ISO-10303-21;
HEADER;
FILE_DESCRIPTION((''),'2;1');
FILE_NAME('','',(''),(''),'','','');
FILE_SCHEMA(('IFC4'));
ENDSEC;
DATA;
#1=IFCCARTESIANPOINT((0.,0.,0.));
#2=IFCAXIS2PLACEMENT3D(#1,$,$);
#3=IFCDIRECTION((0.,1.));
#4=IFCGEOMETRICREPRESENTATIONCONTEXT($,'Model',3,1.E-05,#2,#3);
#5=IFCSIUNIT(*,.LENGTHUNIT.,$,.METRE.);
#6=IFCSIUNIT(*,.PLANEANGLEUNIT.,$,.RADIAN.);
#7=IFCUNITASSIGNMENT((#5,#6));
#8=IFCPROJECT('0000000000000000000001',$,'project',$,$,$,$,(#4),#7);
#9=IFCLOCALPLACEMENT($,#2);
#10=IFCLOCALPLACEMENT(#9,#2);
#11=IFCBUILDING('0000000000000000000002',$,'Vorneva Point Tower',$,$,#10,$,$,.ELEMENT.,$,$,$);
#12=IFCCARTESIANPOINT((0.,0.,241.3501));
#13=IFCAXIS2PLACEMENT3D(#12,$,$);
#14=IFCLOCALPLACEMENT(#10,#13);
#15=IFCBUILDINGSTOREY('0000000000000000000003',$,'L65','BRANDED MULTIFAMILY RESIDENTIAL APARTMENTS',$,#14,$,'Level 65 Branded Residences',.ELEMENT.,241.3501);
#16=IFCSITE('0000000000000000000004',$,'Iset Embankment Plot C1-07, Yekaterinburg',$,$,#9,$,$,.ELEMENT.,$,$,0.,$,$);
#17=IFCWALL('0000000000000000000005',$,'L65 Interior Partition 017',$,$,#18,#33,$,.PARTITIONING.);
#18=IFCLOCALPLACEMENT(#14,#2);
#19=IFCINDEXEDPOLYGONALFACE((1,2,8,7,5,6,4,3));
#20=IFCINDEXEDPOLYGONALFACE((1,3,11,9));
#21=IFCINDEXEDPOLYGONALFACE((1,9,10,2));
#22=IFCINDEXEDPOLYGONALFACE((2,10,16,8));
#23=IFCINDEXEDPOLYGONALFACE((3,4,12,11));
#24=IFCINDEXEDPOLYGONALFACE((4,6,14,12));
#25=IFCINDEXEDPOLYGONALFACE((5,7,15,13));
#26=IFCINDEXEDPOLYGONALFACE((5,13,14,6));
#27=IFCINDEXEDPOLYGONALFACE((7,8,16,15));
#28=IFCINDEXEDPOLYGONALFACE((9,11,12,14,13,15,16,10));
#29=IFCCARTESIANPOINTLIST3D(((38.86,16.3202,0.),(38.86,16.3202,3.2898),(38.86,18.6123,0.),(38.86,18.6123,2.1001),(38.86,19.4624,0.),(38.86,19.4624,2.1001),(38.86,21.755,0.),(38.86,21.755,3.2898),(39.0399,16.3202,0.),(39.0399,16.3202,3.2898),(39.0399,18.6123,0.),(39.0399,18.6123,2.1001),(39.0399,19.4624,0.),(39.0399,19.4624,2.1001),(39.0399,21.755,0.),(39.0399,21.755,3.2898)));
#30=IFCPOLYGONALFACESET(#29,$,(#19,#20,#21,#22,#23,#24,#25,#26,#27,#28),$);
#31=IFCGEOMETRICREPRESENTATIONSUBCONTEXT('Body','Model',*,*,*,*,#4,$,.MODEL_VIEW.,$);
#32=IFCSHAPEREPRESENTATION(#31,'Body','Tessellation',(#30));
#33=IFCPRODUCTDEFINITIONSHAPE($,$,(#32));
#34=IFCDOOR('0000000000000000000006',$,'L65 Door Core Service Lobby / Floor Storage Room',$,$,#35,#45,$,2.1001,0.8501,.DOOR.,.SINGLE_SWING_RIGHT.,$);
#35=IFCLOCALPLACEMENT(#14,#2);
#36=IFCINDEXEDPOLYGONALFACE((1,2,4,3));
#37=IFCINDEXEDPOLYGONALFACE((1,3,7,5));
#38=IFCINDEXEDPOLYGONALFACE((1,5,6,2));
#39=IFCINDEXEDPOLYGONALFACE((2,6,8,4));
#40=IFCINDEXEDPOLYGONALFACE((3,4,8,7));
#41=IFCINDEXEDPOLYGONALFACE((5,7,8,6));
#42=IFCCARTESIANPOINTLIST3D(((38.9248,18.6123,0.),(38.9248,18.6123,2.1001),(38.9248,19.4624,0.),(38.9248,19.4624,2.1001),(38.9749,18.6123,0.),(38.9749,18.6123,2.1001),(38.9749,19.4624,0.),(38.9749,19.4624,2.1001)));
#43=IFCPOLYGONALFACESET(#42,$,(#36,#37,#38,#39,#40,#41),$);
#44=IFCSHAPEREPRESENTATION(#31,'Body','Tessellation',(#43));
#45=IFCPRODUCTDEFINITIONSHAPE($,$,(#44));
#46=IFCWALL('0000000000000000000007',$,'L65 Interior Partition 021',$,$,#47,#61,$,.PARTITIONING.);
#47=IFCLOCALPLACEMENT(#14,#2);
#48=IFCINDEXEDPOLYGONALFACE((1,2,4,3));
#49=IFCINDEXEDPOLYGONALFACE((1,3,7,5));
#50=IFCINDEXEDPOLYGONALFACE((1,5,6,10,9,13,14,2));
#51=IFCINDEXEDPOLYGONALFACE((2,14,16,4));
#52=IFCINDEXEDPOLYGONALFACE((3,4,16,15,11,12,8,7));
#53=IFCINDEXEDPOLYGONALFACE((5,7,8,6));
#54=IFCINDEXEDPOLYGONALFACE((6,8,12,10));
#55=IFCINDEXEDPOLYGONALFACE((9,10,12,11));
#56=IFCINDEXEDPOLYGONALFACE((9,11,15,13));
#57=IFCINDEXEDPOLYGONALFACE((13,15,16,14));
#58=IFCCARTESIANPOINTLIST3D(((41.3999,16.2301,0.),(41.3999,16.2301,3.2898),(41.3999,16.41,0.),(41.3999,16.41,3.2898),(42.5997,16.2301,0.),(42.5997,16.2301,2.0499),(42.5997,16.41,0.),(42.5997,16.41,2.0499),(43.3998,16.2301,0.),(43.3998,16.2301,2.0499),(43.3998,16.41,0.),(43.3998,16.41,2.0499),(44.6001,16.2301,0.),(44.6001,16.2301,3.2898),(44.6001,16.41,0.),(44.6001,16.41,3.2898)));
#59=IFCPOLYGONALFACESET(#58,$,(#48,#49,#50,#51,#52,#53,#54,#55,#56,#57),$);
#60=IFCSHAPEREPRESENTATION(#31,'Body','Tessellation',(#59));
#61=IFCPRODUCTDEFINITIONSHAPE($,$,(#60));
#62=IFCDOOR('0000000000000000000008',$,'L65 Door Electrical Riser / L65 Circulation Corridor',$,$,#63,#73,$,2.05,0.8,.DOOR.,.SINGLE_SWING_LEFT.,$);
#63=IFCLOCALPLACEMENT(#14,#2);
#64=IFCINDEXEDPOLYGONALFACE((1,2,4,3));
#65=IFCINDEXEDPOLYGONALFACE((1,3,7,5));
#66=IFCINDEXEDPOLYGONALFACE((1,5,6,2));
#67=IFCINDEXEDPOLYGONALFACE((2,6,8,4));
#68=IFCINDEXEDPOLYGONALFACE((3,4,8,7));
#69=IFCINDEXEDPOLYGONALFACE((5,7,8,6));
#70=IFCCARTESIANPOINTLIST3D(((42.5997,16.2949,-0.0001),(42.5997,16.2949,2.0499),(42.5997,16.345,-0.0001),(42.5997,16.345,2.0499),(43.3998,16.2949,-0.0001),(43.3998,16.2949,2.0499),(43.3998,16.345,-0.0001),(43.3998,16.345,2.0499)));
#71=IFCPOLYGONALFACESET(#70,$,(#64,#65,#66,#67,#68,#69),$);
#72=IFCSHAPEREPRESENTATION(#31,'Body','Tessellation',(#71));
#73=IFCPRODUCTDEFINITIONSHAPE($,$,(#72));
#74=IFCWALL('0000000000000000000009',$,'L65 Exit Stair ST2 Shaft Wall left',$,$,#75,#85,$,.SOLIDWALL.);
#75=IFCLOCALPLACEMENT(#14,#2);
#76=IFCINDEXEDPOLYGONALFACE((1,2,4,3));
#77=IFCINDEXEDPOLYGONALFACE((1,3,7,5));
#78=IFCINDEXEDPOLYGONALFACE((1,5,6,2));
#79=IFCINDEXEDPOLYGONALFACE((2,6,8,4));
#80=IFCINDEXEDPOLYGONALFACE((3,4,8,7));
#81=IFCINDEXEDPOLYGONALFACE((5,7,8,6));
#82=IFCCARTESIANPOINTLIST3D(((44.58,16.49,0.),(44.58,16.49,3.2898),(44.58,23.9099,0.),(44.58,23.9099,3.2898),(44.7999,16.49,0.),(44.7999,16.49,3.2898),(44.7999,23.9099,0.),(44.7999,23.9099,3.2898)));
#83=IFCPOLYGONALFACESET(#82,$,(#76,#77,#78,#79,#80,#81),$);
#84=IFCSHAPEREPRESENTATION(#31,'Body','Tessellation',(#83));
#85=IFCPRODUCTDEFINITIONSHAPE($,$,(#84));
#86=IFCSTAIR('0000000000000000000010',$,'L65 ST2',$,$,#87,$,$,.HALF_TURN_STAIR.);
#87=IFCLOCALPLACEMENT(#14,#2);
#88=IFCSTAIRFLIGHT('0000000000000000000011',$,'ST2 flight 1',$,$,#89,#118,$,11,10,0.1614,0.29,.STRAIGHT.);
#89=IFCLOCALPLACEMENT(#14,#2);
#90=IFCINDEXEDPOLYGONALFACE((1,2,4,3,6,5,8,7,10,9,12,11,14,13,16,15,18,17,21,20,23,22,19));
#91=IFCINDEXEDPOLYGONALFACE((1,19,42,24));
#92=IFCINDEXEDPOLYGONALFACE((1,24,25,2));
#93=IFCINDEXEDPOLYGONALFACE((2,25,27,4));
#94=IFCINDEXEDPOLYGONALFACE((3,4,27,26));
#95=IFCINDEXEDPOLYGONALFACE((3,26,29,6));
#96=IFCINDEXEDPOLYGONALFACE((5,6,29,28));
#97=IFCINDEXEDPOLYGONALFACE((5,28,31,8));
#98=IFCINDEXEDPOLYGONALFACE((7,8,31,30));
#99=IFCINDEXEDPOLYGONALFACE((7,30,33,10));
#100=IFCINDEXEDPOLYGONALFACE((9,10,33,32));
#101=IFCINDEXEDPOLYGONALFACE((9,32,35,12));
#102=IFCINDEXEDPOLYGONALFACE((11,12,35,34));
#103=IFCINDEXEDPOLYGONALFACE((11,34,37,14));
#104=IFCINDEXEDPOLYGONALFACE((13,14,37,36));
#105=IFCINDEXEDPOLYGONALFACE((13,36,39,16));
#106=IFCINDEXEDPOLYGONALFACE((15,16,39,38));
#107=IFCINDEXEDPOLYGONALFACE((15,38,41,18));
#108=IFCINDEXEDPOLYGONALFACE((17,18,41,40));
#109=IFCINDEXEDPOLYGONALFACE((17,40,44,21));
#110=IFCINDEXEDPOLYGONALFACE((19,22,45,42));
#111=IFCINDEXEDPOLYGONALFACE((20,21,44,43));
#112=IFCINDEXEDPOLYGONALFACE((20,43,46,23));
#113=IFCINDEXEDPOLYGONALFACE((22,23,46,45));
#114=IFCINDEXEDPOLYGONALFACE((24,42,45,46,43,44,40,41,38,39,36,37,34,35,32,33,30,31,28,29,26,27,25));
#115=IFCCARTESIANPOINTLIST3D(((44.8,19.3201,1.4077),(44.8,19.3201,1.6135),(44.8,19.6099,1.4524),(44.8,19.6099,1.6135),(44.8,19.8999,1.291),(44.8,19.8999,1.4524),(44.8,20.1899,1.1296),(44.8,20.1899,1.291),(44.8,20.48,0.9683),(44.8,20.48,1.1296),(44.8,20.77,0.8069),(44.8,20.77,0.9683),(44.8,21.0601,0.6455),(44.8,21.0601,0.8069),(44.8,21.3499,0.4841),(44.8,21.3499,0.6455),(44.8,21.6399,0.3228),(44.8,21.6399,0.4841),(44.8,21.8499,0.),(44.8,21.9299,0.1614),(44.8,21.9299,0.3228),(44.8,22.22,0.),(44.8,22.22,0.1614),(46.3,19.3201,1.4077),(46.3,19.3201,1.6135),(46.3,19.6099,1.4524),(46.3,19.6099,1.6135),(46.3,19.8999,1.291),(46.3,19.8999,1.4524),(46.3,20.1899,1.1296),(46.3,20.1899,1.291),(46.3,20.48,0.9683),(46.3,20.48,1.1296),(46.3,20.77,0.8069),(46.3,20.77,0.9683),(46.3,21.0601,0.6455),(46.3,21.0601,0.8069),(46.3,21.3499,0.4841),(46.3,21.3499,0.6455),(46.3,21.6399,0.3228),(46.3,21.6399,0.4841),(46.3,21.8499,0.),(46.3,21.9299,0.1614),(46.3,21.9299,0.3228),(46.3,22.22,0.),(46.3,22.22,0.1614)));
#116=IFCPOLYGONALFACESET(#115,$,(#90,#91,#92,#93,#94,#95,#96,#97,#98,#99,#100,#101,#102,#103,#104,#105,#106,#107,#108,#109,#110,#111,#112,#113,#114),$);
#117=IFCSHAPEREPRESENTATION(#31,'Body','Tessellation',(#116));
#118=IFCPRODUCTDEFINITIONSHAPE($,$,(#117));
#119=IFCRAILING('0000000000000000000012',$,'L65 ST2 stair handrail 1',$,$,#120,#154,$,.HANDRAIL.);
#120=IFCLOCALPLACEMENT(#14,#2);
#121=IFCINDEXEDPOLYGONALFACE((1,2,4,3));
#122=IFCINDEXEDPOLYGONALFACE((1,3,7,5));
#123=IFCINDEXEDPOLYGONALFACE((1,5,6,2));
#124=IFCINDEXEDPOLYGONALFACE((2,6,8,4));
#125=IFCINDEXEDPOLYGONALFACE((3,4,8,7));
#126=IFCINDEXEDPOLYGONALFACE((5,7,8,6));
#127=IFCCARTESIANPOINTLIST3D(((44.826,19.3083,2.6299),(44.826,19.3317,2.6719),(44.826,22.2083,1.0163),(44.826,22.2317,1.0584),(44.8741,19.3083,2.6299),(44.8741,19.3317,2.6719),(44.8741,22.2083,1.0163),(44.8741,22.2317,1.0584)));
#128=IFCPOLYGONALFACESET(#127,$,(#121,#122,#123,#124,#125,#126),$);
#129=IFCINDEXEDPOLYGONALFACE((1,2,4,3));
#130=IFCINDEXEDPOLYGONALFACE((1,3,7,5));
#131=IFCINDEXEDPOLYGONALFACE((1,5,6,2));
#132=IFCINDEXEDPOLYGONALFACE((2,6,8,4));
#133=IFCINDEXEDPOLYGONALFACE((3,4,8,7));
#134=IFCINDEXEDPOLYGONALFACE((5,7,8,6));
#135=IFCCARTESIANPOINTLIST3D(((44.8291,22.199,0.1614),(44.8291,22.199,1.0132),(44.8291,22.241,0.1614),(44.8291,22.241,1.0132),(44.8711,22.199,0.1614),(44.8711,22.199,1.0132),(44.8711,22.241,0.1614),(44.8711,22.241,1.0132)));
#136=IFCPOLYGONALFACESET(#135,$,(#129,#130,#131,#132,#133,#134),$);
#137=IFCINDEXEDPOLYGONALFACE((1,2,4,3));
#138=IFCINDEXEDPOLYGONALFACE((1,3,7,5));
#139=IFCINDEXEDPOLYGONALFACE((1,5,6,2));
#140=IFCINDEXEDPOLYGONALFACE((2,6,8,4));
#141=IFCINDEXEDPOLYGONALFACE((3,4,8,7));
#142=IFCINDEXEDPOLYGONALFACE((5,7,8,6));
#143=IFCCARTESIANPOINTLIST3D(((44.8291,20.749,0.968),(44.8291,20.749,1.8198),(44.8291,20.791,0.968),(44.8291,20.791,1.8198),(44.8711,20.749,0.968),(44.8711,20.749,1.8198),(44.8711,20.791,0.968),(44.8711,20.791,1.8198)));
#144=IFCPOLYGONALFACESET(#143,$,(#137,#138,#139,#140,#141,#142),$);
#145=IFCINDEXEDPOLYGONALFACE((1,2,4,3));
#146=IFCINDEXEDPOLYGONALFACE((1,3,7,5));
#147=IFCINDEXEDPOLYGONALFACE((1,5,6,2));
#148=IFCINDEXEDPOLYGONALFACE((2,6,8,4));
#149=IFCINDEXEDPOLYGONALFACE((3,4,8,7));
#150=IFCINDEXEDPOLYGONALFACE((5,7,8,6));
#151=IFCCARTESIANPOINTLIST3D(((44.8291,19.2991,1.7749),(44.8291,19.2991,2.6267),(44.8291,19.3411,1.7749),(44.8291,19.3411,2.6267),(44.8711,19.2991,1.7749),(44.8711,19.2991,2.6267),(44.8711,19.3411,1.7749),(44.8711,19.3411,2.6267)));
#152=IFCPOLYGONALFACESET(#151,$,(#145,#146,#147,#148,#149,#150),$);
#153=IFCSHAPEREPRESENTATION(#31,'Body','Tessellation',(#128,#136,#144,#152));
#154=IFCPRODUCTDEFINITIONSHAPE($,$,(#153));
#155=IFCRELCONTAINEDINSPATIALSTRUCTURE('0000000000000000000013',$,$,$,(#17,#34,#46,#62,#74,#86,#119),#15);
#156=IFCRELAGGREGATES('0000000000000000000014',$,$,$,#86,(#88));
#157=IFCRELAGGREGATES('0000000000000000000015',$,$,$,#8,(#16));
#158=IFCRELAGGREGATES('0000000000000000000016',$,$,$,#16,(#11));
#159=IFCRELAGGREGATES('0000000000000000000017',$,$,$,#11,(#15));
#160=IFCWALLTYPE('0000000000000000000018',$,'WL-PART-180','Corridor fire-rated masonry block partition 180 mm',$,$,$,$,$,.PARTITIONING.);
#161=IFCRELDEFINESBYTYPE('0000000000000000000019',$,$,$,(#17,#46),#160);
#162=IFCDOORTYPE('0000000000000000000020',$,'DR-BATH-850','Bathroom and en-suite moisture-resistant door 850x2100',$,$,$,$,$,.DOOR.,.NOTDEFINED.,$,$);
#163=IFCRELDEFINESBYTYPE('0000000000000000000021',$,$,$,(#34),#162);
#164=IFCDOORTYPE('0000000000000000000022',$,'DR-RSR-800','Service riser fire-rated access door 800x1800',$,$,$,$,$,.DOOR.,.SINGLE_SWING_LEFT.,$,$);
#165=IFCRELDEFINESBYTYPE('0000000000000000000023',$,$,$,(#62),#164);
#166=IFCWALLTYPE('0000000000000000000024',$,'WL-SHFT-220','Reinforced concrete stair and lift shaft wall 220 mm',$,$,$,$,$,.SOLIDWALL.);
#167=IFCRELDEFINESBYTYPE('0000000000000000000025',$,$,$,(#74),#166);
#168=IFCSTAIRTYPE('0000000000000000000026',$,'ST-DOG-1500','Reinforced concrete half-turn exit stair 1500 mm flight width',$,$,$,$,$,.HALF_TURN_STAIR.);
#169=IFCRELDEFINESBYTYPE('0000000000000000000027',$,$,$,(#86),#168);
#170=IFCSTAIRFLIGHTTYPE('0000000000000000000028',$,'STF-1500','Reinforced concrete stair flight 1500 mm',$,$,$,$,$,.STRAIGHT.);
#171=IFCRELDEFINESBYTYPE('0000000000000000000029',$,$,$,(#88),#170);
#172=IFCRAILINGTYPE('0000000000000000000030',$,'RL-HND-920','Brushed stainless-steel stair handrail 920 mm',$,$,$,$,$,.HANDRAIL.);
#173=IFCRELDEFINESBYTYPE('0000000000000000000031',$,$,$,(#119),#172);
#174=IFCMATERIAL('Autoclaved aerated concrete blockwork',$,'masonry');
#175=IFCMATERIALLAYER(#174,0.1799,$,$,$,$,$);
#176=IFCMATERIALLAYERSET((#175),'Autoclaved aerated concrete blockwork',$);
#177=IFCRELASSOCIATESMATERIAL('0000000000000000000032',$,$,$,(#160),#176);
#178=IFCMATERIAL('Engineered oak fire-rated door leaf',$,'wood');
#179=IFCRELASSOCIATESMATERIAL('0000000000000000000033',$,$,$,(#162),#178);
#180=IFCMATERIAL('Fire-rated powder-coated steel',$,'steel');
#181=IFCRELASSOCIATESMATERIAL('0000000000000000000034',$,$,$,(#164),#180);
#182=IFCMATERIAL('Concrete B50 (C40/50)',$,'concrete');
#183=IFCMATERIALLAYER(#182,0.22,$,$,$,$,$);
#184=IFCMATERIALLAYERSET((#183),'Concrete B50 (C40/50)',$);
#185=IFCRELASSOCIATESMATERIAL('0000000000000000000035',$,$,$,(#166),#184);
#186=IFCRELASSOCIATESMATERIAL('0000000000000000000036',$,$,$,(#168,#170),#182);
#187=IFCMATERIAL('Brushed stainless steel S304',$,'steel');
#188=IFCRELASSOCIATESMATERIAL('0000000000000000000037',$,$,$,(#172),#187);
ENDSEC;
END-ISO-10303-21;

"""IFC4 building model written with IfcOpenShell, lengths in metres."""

from ifc_helpers import new_model, si_unit, direction, frame, frame_2d, origin, origin_2d, place, context, subcontext, project, spatial, polyline, rectangle, outline, extrude, material, layer, layer_set, type_object, element, fill, aggregate, save


model = new_model("IFC4")

# Units and contexts
model_context = context("Model", 3, precision=1e-05, world=origin(), true_north=direction((0.0, 1.0)))
body_context = subcontext(model_context, "Body", "Model", "MODEL_VIEW")
ifc_project = project(units=[si_unit("LENGTHUNIT", "METRE"), si_unit("PLANEANGLEUNIT", "RADIAN")], contexts=[model_context])

# Site, building, storey
site_placement = place(None, origin())
site = spatial("IfcSite", under=ifc_project, at=site_placement, Name="Iset Embankment Plot C1-07, Yekaterinburg", CompositionType="ELEMENT", RefElevation=0.0)
building_placement = place(site_placement, origin())
building = spatial("IfcBuilding", under=site, at=building_placement, Name="Vorneva Point Tower", CompositionType="ELEMENT")
storey_placement = place(building_placement, frame((0.0, 0.0, 241.3501)))
storey = spatial("IfcBuildingStorey", under=building, at=storey_placement, Name="L65", Description="BRANDED MULTIFAMILY RESIDENTIAL APARTMENTS", LongName="Level 65 Branded Residences", CompositionType="ELEMENT", Elevation=241.3501)

# Shared definitions
ifc_material_1 = material(Name="Concrete B50 (C40/50)", Category="concrete")

# Shared definitions
ifc_material_2 = material(Name="Autoclaved aerated concrete blockwork", Category="masonry")
ifc_layer_1 = layer(ifc_material_2, 0.1799)
ifc_layer_set_1 = layer_set([ifc_layer_1], Name="Autoclaved aerated concrete blockwork")
wall_type_1 = type_object("IfcWallType", Name="WL-PART-180", Description="Corridor fire-rated masonry block partition 180 mm", PredefinedType="PARTITIONING", material=ifc_layer_set_1)

# Walls, openings, doors
ifc_material_3 = material(Name="Fire-rated powder-coated steel", Category="steel")
ifc_material_4 = material(Name="Engineered oak fire-rated door leaf", Category="wood")
door_type_1 = type_object("IfcDoorType", Name="DR-BATH-850", Description="Bathroom and en-suite moisture-resistant door 850x2100", OperationType="NOTDEFINED", PredefinedType="DOOR", material=ifc_material_4)
door_type_2 = type_object("IfcDoorType", Name="DR-RSR-800", Description="Service riser fire-rated access door 800x1800", OperationType="SINGLE_SWING_LEFT", PredefinedType="DOOR", material=ifc_material_3)
wall_1_placement = place(storey_placement, frame((38.95, 21.7549, 0.0), z_axis=(0.0, 0.0, 1.0), x_axis=(0.0, -1.0, 0.0)))
wall_1 = element("IfcWall", 1, at=wall_1_placement, inside=storey, type_object=wall_type_1, Name="L65 Interior Partition 017", PredefinedType="PARTITIONING", context=body_context, shape_type="SweptSolid", body=[
    extrude(rectangle(XDim=5.4348, YDim=0.1799, at=frame_2d((2.7173, 0.0))), origin(), (0.0, 0.0, 1.0), 3.2898),
])
opening_1_placement = place(wall_1_placement, frame((2.2925, 0.0, 0.0)))
opening_1 = element("IfcOpeningElement", 2, at=opening_1_placement, cuts=wall_1, PredefinedType="OPENING", context=body_context, shape_type="SweptSolid", body=[
    extrude(rectangle(XDim=0.8501, YDim=2.1001, at=frame_2d((0.425, 1.05))), frame((0.0, 0.105, 0.0), z_axis=(0.0, -1.0, 0.0), x_axis=(1.0, 0.0, 0.0)), (0.0, 0.0, 1.0), 0.2097),
])
door_1_placement = place(opening_1_placement, origin())
door_1 = element("IfcDoor", 3, at=door_1_placement, inside=storey, type_object=door_type_1, Name="L65 Door Core Service Lobby / Floor Storage Room", OperationType="SINGLE_SWING_RIGHT", OverallHeight=2.1001, OverallWidth=0.8501, PredefinedType="DOOR", context=body_context, shape_type="SweptSolid", body=[
    extrude(rectangle(XDim=0.8501, YDim=2.1001, at=frame_2d((0.425, 1.05))), frame((0.0, 0.0249, 0.0), z_axis=(0.0, -1.0, 0.0), x_axis=(1.0, 0.0, 0.0)), (0.0, 0.0, 1.0), 0.05),
])
fill(opening_1, door_1)
wall_2_placement = place(storey_placement, frame((41.3999, 16.3201, 0.0), z_axis=(0.0, 0.0, 1.0), x_axis=(1.0, 0.0, 0.0)))
wall_2 = element("IfcWall", 4, at=wall_2_placement, inside=storey, type_object=wall_type_1, Name="L65 Interior Partition 021", PredefinedType="PARTITIONING", context=body_context, shape_type="SweptSolid", body=[
    extrude(rectangle(XDim=3.2002, YDim=0.1799, at=frame_2d((1.6001, 0.0))), origin(), (0.0, 0.0, 1.0), 3.2898),
])
opening_2_placement = place(wall_2_placement, frame((1.2, 0.0, 0.0)))
opening_2 = element("IfcOpeningElement", 5, at=opening_2_placement, cuts=wall_2, PredefinedType="OPENING", context=body_context, shape_type="SweptSolid", body=[
    extrude(rectangle(XDim=0.8, YDim=2.05, at=frame_2d((0.3999, 1.0249))), frame((0.0, 0.105, 0.0), z_axis=(0.0, -1.0, 0.0), x_axis=(1.0, 0.0, 0.0)), (0.0, 0.0, 1.0), 0.2097),
])
door_2_placement = place(opening_2_placement, origin())
door_2 = element("IfcDoor", 6, at=door_2_placement, inside=storey, type_object=door_type_2, Name="L65 Door Electrical Riser / L65 Circulation Corridor", OperationType="SINGLE_SWING_LEFT", OverallHeight=2.05, OverallWidth=0.8, PredefinedType="DOOR", context=body_context, shape_type="SweptSolid", body=[
    extrude(rectangle(XDim=0.8, YDim=2.05, at=frame_2d((0.3999, 1.0249))), frame((0.0, 0.0249, 0.0), z_axis=(0.0, -1.0, 0.0), x_axis=(1.0, 0.0, 0.0)), (0.0, 0.0, 1.0), 0.05),
])
fill(opening_2, door_2)
ifc_layer_2 = layer(ifc_material_1, 0.22)
ifc_layer_set_2 = layer_set([ifc_layer_2], Name="Concrete B50 (C40/50)")
wall_type_2 = type_object("IfcWallType", Name="WL-SHFT-220", Description="Reinforced concrete stair and lift shaft wall 220 mm", PredefinedType="SOLIDWALL", material=ifc_layer_set_2)

# Wall
wall_3_placement = place(storey_placement, frame((44.6899, 16.49, 0.0), z_axis=(0.0, 0.0, 1.0), x_axis=(0.0, 1.0, 0.0)))
element("IfcWall", 7, at=wall_3_placement, inside=storey, type_object=wall_type_2, Name="L65 Exit Stair ST2 Shaft Wall left", PredefinedType="SOLIDWALL", context=body_context, shape_type="SweptSolid", body=[
    extrude(rectangle(XDim=7.4199, YDim=0.22, at=frame_2d((3.71, 0.0))), origin(), (0.0, 0.0, 1.0), 3.2898),
])

# Stair, stair flight
stair_type = type_object("IfcStairType", Name="ST-DOG-1500", Description="Reinforced concrete half-turn exit stair 1500 mm flight width", PredefinedType="HALF_TURN_STAIR", material=ifc_material_1)
stair_placement = place(storey_placement, origin())
stair = element("IfcStair", 8, at=stair_placement, inside=storey, type_object=stair_type, Name="L65 ST2", PredefinedType="HALF_TURN_STAIR")
stair_flight_type = type_object("IfcStairFlightType", Name="STF-1500", Description="Reinforced concrete stair flight 1500 mm", PredefinedType="STRAIGHT", material=ifc_material_1)
stair_flight_placement = place(storey_placement, frame((45.55, 22.22, 0.0), z_axis=(0.0, 0.0, 1.0), x_axis=(0.0, -1.0, 0.0)))
stair_flight = element("IfcStairFlight", 9, at=stair_flight_placement, type_object=stair_flight_type, Name="ST2 flight 1", NumberOfRisers=11, NumberOfTreads=10, PredefinedType="STRAIGHT", RiserHeight=0.1614, TreadLength=0.29, context=body_context, shape_type="SweptSolid", body=[
    extrude(outline(polyline([(0.0, 0.0), (0.0, 0.1614), (0.29, 0.1614), (0.29, 0.3228), (0.5801, 0.3228), (0.5801, 0.4841), (0.8701, 0.4841), (0.8701, 0.6455), (1.1599, 0.6455), (1.1599, 0.8069), (1.45, 0.8069), (1.45, 0.9683), (1.74, 0.9683), (1.74, 1.1296), (2.03, 1.1296), (2.03, 1.291), (2.3201, 1.291), (2.3201, 1.4524), (2.6101, 1.4524), (2.6101, 1.6135), (2.8999, 1.6135), (2.8999, 1.7749), (2.8999, 1.4077), (0.3701, 0.0), (0.0, 0.0)])), frame((0.0, 0.75, 0.0), z_axis=(0.0, -1.0, 0.0), x_axis=(1.0, 0.0, 0.0)), (0.0, 0.0, 1.0), 1.5),
])
aggregate(stair, [stair_flight])

# Railing
ifc_material_5 = material(Name="Brushed stainless steel S304", Category="steel")
railing_type_1 = type_object("IfcRailingType", Name="RL-HND-920", Description="Brushed stainless-steel stair handrail 920 mm", PredefinedType="HANDRAIL", material=ifc_material_5)
railing_1_placement = place(storey_placement, frame((44.8501, 22.22, 0.1614)))
element("IfcRailing", 10, at=railing_1_placement, inside=storey, type_object=railing_type_1, Name="L65 ST2 stair handrail 1", PredefinedType="HANDRAIL", context=body_context, shape_type="SweptSolid", body=[
    extrude(rectangle(XDim=0.0481, YDim=0.0481, at=origin_2d()), frame((0.0, 0.0, 0.876), z_axis=(0.0, -0.873841, 0.486211), x_axis=(1.0, 0.0, 0.0)), (0.0, 0.0, 1.0), 3.3186),
    extrude(rectangle(XDim=0.042, YDim=0.042, at=origin_2d()), origin(), (0.0, 0.0, 1.0), 0.8518),
    extrude(rectangle(XDim=0.042, YDim=0.042, at=origin_2d()), frame((0.0, -1.45, 0.8066)), (0.0, 0.0, 1.0), 0.8518),
    extrude(rectangle(XDim=0.042, YDim=0.042, at=origin_2d()), frame((0.0, -2.8999, 1.6135)), (0.0, 0.0, 1.0), 0.8518),
])

save(model, "model.ifc")
